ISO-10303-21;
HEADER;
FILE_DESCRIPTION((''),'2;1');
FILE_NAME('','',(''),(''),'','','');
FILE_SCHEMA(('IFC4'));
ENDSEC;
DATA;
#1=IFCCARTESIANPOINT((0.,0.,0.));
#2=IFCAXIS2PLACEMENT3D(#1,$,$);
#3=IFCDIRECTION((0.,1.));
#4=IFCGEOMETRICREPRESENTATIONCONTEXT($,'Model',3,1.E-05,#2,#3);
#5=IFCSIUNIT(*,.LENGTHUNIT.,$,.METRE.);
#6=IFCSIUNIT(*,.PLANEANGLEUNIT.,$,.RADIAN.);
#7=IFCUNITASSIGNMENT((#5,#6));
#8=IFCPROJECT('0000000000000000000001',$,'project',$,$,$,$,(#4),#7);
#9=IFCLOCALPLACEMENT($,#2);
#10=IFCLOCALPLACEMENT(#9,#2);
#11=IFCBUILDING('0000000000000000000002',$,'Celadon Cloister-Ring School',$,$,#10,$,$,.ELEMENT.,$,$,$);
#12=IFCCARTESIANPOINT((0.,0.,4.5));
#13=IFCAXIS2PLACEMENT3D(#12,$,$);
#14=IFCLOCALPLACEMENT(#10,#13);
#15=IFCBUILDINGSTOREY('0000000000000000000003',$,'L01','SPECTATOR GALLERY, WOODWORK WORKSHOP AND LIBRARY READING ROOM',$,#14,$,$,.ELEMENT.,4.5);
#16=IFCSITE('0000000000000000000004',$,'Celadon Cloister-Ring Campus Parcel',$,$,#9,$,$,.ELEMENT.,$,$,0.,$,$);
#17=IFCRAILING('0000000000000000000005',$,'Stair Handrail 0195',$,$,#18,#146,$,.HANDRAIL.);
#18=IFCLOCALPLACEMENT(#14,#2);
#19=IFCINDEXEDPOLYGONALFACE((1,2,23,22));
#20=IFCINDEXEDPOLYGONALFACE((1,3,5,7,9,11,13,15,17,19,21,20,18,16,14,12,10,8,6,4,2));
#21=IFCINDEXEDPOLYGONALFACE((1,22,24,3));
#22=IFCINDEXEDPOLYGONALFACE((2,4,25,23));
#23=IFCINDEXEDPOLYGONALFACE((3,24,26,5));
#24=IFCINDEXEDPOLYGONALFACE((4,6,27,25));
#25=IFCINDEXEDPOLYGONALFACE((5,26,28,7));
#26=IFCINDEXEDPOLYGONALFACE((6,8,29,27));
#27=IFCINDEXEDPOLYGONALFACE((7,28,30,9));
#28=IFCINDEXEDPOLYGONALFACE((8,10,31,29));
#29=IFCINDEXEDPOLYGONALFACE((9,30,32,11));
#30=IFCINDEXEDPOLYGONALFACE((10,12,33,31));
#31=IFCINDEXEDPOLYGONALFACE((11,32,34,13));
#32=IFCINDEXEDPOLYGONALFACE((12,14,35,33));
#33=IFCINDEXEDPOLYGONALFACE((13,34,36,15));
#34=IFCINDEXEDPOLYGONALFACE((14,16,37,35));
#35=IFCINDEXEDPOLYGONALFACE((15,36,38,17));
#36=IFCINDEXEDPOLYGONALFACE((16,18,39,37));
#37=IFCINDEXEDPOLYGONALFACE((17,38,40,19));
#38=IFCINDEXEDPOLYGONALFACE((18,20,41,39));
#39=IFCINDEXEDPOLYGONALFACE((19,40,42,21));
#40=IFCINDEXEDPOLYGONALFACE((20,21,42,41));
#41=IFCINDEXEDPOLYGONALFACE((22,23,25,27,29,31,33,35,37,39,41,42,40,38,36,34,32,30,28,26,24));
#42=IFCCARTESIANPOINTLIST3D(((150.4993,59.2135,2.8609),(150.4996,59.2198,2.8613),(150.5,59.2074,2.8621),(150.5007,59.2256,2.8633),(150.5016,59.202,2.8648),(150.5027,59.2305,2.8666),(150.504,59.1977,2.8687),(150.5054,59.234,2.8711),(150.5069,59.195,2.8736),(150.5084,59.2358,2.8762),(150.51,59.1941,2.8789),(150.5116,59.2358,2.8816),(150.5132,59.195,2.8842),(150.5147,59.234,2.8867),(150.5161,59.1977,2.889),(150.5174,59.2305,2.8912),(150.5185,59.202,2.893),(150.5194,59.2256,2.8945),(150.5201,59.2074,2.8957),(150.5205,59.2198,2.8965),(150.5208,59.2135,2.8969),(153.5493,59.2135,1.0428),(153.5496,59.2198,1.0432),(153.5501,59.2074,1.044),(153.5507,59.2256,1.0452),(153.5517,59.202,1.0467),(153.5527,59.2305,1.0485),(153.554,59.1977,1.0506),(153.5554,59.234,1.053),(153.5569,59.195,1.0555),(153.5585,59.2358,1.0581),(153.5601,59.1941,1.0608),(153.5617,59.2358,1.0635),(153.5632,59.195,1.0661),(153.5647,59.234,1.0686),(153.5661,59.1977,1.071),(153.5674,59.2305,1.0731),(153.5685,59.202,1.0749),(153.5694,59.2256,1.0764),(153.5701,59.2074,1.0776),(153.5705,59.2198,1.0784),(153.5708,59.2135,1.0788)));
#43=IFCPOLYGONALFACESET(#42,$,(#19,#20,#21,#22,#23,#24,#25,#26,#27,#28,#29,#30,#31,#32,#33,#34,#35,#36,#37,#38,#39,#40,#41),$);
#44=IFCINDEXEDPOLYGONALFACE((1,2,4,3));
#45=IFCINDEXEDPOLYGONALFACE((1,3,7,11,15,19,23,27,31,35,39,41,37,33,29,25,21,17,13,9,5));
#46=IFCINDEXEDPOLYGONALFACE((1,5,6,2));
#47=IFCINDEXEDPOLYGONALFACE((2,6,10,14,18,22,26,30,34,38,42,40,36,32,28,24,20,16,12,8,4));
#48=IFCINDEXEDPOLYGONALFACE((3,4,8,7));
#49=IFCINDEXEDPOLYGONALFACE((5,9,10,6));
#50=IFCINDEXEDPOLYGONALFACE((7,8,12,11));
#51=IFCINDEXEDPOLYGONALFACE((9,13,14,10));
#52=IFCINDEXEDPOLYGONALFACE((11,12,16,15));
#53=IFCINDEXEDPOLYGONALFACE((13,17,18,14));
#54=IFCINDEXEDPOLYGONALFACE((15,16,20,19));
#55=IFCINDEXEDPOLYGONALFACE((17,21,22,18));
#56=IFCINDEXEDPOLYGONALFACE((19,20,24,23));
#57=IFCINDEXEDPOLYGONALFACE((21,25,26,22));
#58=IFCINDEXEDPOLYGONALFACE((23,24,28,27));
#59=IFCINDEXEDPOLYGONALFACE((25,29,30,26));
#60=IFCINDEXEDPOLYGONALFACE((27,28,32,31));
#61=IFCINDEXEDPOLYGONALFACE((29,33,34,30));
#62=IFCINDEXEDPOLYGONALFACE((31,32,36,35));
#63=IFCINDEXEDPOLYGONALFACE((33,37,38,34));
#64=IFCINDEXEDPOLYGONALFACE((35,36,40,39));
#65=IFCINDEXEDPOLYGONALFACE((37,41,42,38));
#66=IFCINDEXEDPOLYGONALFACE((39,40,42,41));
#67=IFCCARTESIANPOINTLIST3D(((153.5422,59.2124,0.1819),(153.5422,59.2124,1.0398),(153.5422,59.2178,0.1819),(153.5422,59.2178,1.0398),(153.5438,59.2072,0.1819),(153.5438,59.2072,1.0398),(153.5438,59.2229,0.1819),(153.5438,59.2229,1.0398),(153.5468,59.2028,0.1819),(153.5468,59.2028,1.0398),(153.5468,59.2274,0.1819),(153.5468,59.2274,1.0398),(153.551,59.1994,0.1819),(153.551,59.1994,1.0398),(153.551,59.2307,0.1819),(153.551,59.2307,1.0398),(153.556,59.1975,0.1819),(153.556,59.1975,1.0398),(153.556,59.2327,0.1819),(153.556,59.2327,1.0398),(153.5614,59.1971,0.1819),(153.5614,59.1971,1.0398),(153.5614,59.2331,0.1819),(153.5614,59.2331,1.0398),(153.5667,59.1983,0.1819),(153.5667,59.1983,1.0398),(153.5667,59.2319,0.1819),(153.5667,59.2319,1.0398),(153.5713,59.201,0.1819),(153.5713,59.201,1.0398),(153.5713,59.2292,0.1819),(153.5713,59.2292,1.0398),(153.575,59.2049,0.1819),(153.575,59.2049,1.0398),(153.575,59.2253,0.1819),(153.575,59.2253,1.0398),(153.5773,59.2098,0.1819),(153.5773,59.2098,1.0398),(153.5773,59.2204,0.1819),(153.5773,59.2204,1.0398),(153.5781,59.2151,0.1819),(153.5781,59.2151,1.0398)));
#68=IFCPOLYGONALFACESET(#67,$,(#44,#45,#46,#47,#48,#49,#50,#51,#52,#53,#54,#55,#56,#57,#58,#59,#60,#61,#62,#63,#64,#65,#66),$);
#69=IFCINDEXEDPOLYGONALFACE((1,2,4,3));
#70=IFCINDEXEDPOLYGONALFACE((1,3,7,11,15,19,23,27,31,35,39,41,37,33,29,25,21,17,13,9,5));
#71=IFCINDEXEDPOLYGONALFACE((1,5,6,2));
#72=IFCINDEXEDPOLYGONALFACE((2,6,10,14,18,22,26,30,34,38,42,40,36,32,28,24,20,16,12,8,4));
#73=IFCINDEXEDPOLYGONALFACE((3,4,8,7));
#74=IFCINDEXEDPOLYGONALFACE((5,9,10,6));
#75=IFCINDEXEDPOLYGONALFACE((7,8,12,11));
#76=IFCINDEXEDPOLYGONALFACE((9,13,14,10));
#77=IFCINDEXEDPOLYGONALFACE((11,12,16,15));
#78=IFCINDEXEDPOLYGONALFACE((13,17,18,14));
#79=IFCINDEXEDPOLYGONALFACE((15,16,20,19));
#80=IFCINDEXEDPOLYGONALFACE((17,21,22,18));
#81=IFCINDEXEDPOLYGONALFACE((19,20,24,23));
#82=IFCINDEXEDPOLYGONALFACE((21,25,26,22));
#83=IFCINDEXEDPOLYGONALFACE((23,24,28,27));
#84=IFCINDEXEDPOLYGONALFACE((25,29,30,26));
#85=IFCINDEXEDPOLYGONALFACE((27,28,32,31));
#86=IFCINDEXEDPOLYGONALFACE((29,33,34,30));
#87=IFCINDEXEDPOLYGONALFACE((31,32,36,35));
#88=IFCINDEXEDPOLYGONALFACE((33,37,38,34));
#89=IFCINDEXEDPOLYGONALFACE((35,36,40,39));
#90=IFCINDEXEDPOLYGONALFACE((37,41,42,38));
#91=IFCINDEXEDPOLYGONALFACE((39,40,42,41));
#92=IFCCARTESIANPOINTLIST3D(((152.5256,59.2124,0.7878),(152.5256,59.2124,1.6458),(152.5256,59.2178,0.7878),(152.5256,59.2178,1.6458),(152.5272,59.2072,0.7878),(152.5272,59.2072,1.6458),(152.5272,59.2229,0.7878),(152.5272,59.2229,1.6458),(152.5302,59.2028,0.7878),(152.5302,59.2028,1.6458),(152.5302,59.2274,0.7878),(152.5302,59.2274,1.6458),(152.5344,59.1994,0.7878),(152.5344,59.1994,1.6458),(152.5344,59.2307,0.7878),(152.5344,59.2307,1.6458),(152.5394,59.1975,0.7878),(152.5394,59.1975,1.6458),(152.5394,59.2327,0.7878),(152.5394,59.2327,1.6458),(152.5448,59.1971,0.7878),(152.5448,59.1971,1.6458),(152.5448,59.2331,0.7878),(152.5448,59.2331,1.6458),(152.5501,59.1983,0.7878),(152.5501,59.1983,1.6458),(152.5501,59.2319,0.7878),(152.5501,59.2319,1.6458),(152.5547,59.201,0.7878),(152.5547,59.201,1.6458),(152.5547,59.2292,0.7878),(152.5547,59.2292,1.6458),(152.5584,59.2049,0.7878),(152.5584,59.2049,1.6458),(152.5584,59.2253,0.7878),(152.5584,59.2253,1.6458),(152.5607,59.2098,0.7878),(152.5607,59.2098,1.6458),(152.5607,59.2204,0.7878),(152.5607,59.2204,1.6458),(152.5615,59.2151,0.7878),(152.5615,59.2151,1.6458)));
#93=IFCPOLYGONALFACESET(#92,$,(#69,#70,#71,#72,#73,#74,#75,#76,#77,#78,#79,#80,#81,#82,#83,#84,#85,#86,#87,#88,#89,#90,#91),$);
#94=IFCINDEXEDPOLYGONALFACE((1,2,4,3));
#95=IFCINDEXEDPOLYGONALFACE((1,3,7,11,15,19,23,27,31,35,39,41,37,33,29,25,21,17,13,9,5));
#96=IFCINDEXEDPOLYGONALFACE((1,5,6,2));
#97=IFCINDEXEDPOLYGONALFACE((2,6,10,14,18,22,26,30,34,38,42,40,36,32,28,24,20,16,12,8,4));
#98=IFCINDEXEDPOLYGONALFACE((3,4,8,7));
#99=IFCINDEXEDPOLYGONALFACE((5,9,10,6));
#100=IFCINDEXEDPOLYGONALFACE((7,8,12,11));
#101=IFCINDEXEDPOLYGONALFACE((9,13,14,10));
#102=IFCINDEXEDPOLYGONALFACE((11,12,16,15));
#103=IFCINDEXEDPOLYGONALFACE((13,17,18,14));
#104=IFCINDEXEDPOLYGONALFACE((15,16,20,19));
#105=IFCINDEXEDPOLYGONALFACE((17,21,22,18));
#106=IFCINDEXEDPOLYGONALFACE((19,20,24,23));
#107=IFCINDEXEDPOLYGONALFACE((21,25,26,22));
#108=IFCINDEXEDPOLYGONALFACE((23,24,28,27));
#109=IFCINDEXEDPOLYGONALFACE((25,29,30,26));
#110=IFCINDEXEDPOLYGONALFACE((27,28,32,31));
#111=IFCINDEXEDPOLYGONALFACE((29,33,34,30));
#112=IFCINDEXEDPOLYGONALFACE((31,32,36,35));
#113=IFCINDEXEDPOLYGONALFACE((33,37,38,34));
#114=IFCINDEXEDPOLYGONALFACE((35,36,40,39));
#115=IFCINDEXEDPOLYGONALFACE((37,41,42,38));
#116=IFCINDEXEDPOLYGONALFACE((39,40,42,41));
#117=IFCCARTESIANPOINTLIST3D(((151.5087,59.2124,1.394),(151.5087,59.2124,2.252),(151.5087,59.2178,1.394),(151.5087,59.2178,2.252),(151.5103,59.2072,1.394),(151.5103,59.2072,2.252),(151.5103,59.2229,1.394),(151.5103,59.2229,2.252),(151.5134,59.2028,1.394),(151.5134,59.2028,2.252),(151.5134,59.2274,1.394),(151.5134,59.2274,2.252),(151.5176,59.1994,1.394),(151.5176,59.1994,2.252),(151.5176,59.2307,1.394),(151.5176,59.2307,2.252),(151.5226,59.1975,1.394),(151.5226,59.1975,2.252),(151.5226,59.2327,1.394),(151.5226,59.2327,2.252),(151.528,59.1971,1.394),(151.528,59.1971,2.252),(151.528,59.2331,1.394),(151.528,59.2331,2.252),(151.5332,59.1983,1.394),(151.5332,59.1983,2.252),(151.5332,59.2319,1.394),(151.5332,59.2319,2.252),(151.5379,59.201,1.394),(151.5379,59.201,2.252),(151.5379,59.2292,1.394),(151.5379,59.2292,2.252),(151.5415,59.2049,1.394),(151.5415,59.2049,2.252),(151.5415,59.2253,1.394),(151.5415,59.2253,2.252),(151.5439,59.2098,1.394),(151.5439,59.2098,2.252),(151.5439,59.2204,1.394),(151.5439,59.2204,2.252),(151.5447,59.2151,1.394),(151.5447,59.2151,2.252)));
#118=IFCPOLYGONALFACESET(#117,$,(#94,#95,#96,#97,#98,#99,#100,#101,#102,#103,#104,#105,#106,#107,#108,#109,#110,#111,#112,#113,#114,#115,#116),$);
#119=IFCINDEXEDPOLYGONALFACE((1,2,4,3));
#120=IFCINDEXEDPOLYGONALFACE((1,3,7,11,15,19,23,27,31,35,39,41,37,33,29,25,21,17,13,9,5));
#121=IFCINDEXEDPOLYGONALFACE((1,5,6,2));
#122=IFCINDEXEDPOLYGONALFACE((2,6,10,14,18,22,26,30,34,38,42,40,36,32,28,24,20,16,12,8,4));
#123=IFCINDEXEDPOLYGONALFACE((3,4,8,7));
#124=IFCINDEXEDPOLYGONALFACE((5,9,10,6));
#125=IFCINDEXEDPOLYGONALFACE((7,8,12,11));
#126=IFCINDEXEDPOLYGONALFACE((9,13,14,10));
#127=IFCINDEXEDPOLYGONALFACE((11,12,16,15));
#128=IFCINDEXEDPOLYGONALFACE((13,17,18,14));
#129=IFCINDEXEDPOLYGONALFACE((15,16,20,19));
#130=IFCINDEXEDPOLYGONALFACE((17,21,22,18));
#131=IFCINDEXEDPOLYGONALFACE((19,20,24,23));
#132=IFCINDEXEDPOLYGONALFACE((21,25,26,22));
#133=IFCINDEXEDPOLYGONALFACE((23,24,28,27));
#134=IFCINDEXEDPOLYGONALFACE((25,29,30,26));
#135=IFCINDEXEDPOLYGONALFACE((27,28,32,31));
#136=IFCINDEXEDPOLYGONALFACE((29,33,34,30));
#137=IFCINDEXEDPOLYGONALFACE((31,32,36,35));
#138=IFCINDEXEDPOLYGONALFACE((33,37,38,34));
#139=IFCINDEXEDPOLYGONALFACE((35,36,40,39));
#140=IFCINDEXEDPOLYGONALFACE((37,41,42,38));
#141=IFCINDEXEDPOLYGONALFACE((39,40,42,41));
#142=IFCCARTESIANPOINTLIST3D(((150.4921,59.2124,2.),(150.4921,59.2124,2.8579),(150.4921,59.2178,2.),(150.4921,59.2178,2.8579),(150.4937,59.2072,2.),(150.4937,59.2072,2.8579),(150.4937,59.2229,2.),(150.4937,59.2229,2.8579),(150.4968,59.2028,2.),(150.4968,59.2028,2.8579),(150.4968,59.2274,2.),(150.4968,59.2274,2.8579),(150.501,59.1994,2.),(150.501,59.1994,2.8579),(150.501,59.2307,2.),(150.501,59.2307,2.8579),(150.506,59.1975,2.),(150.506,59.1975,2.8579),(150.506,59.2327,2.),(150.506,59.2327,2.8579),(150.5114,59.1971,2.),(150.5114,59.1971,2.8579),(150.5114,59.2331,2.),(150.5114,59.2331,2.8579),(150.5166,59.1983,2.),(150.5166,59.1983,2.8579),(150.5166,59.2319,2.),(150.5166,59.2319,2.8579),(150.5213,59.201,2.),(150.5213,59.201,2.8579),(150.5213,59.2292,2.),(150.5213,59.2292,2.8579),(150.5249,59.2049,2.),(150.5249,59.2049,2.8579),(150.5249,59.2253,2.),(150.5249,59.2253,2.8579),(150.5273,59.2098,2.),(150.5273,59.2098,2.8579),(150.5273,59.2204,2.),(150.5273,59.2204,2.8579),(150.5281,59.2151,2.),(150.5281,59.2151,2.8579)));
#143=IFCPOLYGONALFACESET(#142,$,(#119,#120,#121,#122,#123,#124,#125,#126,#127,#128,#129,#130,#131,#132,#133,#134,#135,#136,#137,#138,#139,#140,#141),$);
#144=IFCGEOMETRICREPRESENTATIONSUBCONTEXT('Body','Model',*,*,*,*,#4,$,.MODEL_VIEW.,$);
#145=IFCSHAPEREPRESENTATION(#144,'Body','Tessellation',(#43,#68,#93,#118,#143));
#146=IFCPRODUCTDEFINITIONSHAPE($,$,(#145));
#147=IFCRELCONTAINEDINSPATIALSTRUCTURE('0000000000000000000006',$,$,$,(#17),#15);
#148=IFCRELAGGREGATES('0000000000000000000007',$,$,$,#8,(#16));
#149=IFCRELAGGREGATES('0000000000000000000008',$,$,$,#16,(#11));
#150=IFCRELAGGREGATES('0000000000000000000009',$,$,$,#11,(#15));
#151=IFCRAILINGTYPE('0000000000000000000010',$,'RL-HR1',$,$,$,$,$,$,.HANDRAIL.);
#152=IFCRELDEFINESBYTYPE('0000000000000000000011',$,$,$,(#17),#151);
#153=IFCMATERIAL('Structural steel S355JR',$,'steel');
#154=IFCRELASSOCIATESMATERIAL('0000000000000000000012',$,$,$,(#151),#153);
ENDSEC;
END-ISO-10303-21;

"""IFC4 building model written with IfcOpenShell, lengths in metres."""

from ifc_helpers import new_model, si_unit, direction, frame, origin, origin_2d, place, context, subcontext, project, spatial, circle, extrude, material, type_object, element, save


model = new_model("IFC4")

# Units and contexts
model_context = context("Model", 3, precision=1e-05, world=origin(), true_north=direction((0.0, 1.0)))
body_context = subcontext(model_context, "Body", "Model", "MODEL_VIEW")
ifc_project = project(units=[si_unit("LENGTHUNIT", "METRE"), si_unit("PLANEANGLEUNIT", "RADIAN")], contexts=[model_context])

# Site, building, storey
site_placement = place(None, origin())
site = spatial("IfcSite", under=ifc_project, at=site_placement, Name="Celadon Cloister-Ring Campus Parcel", CompositionType="ELEMENT", RefElevation=0.0)
building_placement = place(site_placement, origin())
building = spatial("IfcBuilding", under=site, at=building_placement, Name="Celadon Cloister-Ring School", CompositionType="ELEMENT")
storey_placement = place(building_placement, frame((0.0, 0.0, 4.5)))
storey = spatial("IfcBuildingStorey", under=building, at=storey_placement, Name="L01", Description="SPECTATOR GALLERY, WOODWORK WORKSHOP AND LIBRARY READING ROOM", CompositionType="ELEMENT", Elevation=4.5)

# Railing
ifc_material_1 = material(Name="Structural steel S355JR", Category="steel")
railing_type_1 = type_object("IfcRailingType", Name="RL-HR1", PredefinedType="HANDRAIL", material=ifc_material_1)
for number, where, name in (
    (1, (153.5601, 59.2151, 0.1819), "Stair Handrail 0195"),
):
    element("IfcRailing", number, at=place(storey_placement, frame(where)), inside=storey, type_object=railing_type_1, Name=name, PredefinedType="HANDRAIL", context=body_context, shape_type="SweptSolid", body=[
        extrude(circle(Radius=0.021, at=origin_2d()), frame((0.0, 0.0, 0.8789), z_axis=(-0.85897, 0.0, 0.512026), x_axis=(0.0, -1.0, 0.0)), (0.0, 0.0, 1.0), 3.5508),
        extrude(circle(Radius=0.0181, at=origin_2d()), origin(), (0.0, 0.0, 1.0), 0.8579),
        extrude(circle(Radius=0.0181, at=origin_2d()), frame((-1.0166, 0.0, 0.606)), (0.0, 0.0, 1.0), 0.8579),
        extrude(circle(Radius=0.0181, at=origin_2d()), frame((-2.0334, 0.0, 1.2122)), (0.0, 0.0, 1.0), 0.8579),
        extrude(circle(Radius=0.0181, at=origin_2d()), frame((-3.05, 0.0, 1.8181)), (0.0, 0.0, 1.0), 0.8579),
    ])

save(model, "model.ifc")
